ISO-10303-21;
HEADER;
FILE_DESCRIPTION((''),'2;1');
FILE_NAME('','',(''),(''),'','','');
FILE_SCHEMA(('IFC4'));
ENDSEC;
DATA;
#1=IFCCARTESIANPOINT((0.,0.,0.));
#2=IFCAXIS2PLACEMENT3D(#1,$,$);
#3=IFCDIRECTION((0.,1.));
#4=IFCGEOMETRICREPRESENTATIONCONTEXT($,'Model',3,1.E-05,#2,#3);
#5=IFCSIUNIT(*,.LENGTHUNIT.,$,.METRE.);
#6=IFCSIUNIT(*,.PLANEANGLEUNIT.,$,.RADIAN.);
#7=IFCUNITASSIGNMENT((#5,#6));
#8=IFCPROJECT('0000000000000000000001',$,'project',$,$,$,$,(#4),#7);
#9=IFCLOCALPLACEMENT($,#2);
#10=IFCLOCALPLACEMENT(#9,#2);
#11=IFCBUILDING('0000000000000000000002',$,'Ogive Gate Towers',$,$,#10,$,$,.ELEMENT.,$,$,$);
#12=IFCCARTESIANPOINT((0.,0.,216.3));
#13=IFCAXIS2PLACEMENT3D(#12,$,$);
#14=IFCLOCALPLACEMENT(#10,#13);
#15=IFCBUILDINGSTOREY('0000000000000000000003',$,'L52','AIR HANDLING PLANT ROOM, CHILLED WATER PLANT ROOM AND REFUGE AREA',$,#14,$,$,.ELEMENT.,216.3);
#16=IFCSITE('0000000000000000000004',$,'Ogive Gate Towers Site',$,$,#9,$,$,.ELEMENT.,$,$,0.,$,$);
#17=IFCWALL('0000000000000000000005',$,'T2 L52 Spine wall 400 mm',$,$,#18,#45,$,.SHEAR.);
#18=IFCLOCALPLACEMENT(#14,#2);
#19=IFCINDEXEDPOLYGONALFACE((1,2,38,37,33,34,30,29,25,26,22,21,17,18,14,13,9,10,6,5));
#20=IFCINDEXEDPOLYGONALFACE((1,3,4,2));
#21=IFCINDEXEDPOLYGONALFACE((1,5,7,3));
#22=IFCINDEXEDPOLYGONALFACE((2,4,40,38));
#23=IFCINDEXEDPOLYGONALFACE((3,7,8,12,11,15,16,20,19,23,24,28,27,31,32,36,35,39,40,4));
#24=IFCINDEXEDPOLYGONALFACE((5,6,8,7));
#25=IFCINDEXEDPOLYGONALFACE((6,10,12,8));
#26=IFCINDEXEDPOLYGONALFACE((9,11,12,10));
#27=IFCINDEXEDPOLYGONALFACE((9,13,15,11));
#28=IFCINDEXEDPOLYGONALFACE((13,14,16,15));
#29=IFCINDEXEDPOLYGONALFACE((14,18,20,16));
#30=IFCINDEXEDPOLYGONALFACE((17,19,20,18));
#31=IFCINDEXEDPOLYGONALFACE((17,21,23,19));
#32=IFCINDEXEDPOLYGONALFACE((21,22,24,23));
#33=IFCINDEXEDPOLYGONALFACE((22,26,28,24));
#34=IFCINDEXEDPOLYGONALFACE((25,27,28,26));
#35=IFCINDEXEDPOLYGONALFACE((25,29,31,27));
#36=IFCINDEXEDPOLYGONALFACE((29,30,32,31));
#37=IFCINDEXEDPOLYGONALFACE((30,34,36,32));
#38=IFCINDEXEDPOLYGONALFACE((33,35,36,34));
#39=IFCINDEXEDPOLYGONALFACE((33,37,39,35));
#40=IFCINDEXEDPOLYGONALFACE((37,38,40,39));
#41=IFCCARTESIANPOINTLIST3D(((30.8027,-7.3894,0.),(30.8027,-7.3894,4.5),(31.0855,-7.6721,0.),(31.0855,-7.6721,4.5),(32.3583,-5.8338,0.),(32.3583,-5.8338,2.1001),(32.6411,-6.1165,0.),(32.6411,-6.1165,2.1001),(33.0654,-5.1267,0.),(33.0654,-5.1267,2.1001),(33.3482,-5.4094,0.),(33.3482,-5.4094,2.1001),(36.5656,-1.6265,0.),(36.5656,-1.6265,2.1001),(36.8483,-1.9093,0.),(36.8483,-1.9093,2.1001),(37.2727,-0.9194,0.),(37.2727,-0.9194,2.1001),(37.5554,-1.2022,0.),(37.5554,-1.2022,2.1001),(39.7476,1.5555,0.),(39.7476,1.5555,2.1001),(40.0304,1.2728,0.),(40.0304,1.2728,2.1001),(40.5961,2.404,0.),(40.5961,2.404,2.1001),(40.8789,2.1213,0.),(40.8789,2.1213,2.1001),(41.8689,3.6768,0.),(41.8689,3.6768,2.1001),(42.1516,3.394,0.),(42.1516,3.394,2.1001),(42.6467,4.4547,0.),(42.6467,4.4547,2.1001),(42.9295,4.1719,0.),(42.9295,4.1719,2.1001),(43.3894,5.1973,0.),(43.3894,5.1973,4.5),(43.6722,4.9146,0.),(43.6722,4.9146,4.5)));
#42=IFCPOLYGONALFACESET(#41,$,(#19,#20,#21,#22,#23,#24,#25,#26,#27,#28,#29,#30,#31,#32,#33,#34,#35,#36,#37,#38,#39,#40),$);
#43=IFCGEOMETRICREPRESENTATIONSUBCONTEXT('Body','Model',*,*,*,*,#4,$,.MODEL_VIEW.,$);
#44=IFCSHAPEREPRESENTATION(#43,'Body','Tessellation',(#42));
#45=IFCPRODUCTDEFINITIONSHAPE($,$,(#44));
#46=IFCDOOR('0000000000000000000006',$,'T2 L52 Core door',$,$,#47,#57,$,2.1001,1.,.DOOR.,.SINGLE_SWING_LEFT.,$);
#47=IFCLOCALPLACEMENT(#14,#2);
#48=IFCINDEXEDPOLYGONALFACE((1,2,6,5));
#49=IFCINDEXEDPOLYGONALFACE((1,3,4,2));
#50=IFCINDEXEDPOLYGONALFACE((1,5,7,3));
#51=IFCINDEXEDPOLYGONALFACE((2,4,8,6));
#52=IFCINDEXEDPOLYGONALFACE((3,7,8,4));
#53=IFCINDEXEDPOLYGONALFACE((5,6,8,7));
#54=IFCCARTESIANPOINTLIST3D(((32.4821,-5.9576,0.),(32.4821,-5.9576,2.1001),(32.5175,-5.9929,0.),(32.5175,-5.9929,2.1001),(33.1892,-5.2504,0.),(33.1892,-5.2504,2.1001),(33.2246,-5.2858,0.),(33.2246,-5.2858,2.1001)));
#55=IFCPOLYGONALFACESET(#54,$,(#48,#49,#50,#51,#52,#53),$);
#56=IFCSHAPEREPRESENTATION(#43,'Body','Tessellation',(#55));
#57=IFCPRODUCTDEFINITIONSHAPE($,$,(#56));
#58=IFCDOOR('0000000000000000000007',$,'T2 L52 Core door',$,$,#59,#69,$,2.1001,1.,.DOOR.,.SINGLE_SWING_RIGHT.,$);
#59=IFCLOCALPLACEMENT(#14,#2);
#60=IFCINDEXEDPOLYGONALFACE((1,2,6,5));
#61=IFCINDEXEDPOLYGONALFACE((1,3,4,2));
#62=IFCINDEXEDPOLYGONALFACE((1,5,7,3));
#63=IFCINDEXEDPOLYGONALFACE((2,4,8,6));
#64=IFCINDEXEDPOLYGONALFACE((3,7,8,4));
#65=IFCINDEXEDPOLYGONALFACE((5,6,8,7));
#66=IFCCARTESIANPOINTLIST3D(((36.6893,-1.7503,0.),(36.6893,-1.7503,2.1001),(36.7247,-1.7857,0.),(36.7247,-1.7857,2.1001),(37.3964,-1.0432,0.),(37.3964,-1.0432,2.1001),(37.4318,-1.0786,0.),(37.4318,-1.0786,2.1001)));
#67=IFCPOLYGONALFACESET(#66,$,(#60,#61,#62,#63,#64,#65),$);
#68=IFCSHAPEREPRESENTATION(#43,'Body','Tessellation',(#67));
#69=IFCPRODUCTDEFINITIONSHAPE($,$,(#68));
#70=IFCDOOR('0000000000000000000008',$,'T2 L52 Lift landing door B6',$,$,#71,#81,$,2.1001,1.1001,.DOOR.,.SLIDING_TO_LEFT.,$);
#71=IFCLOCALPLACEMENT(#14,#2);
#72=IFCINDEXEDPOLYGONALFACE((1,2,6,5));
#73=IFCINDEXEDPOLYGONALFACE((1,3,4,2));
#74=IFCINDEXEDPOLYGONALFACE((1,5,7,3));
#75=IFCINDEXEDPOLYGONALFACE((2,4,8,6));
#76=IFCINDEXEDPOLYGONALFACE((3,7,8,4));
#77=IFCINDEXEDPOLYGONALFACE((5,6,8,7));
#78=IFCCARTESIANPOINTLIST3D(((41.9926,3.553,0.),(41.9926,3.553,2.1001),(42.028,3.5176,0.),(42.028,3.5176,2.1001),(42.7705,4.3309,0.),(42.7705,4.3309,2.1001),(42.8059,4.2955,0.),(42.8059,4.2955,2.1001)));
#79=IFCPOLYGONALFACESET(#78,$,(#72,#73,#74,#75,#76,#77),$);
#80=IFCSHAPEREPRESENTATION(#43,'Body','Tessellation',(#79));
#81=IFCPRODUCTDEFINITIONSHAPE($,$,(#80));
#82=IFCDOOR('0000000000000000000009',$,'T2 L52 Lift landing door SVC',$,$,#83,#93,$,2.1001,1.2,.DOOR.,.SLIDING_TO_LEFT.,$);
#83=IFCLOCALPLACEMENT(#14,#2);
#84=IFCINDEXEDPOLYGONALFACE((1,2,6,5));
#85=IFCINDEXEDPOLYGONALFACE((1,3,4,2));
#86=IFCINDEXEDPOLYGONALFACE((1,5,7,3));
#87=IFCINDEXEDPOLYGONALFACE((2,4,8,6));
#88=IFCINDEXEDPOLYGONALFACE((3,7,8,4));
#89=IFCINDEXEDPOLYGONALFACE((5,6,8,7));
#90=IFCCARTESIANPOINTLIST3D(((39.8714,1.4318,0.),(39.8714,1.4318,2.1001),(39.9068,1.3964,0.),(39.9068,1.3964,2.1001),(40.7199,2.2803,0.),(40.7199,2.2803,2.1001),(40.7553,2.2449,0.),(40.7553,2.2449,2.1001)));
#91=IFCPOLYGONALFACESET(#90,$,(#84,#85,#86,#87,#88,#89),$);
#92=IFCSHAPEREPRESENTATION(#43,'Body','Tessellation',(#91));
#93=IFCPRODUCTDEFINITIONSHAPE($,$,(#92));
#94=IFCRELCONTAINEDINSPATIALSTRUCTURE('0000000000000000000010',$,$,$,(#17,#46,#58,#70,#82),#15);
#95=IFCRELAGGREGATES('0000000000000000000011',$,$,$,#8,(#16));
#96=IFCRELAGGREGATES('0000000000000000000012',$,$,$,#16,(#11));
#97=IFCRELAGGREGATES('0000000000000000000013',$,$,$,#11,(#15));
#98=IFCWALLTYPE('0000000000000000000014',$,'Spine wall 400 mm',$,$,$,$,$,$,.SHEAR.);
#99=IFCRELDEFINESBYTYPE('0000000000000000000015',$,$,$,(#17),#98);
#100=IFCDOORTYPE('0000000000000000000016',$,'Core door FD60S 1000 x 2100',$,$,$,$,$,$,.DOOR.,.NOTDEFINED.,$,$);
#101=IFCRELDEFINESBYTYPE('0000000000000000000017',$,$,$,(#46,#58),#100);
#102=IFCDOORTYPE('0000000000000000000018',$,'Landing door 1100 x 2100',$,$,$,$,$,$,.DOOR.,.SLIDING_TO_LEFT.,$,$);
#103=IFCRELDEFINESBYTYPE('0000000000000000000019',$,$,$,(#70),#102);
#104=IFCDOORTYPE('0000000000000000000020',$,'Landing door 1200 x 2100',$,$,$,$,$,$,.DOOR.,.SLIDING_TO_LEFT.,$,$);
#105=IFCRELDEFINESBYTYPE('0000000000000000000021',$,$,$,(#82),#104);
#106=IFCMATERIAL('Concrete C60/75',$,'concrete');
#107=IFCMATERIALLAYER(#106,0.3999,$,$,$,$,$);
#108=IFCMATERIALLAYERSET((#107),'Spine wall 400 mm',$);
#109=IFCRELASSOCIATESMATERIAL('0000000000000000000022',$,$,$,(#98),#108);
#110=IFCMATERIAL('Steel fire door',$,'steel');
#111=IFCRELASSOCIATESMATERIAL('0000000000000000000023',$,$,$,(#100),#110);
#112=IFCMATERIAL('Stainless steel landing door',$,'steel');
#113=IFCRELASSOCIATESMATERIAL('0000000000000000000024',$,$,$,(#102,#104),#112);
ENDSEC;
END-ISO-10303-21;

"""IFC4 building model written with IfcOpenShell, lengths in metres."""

from ifc_helpers import new_model, si_unit, direction, frame, frame_2d, origin, place, context, subcontext, project, spatial, rectangle, extrude, material, layer, layer_set, type_object, element, fill, save


model = new_model("IFC4")

# Units and contexts
model_context = context("Model", 3, precision=1e-05, world=origin(), true_north=direction((0.0, 1.0)))
body_context = subcontext(model_context, "Body", "Model", "MODEL_VIEW")
ifc_project = project(units=[si_unit("LENGTHUNIT", "METRE"), si_unit("PLANEANGLEUNIT", "RADIAN")], contexts=[model_context])

# Site, building, storey
site_placement = place(None, origin())
site = spatial("IfcSite", under=ifc_project, at=site_placement, Name="Ogive Gate Towers Site", CompositionType="ELEMENT", RefElevation=0.0)
building_placement = place(site_placement, origin())
building = spatial("IfcBuilding", under=site, at=building_placement, Name="Ogive Gate Towers", CompositionType="ELEMENT")
storey_placement = place(building_placement, frame((0.0, 0.0, 216.3)))
storey = spatial("IfcBuildingStorey", under=building, at=storey_placement, Name="L52", Description="AIR HANDLING PLANT ROOM, CHILLED WATER PLANT ROOM AND REFUGE AREA", CompositionType="ELEMENT", Elevation=216.3)

# Shared definitions
ifc_material_1 = material(Name="Concrete C60/75", Category="concrete")

# Wall, openings, doors
ifc_layer_1 = layer(ifc_material_1, 0.3999)
ifc_layer_set_1 = layer_set([ifc_layer_1], Name="Spine wall 400 mm")
wall_type_1 = type_object("IfcWallType", Name="Spine wall 400 mm", PredefinedType="SHEAR", material=ifc_layer_set_1)
wall_1_placement = place(storey_placement, frame((30.9441, -7.5308, 0.0), z_axis=(0.0, 0.0, 1.0), x_axis=(0.707107, 0.707107, 0.0)))
wall_1 = element("IfcWall", 1, at=wall_1_placement, inside=storey, type_object=wall_type_1, Name="T2 L52 Spine wall 400 mm", PredefinedType="SHEAR", context=body_context, shape_type="SweptSolid", body=[
    extrude(rectangle(XDim=17.8003, YDim=0.3999, at=frame_2d((8.9001, 0.0))), origin(), (0.0, 0.0, 1.0), 4.5),
])
opening_1_placement = place(wall_1_placement, frame((12.6499, 0.0, 0.0)))
opening_1 = element("IfcOpeningElement", 2, at=opening_1_placement, cuts=wall_1, PredefinedType="OPENING", context=body_context, shape_type="SweptSolid", body=[
    extrude(rectangle(XDim=1.2, YDim=2.1001, at=frame_2d((0.6001, 1.05))), frame((0.0, 0.21, 0.0), z_axis=(0.0, -1.0, 0.0), x_axis=(1.0, 0.0, 0.0)), (0.0, 0.0, 1.0), 0.4199),
])
opening_2_placement = place(wall_1_placement, frame((15.6499, 0.0, 0.0)))
opening_2 = element("IfcOpeningElement", 3, at=opening_2_placement, cuts=wall_1, PredefinedType="OPENING", context=body_context, shape_type="SweptSolid", body=[
    extrude(rectangle(XDim=1.1001, YDim=2.1001, at=frame_2d((0.55, 1.05))), frame((0.0, 0.21, 0.0), z_axis=(0.0, -1.0, 0.0), x_axis=(1.0, 0.0, 0.0)), (0.0, 0.0, 1.0), 0.4199),
])
opening_3_placement = place(wall_1_placement, frame((2.2, 0.0, 0.0)))
opening_3 = element("IfcOpeningElement", 4, at=opening_3_placement, cuts=wall_1, PredefinedType="OPENING", context=body_context, shape_type="SweptSolid", body=[
    extrude(rectangle(XDim=1.0, YDim=2.1001, at=frame_2d((0.5, 1.05))), frame((0.0, 0.21, 0.0), z_axis=(0.0, -1.0, 0.0), x_axis=(1.0, 0.0, 0.0)), (0.0, 0.0, 1.0), 0.4199),
])
opening_4_placement = place(wall_1_placement, frame((8.1499, 0.0, 0.0)))
opening_4 = element("IfcOpeningElement", 5, at=opening_4_placement, cuts=wall_1, PredefinedType="OPENING", context=body_context, shape_type="SweptSolid", body=[
    extrude(rectangle(XDim=1.0, YDim=2.1001, at=frame_2d((0.5, 1.05))), frame((0.0, 0.21, 0.0), z_axis=(0.0, -1.0, 0.0), x_axis=(1.0, 0.0, 0.0)), (0.0, 0.0, 1.0), 0.4199),
])
ifc_material_2 = material(Name="Steel fire door", Category="steel")
door_type_1 = type_object("IfcDoorType", Name="Core door FD60S 1000 x 2100", OperationType="NOTDEFINED", PredefinedType="DOOR", material=ifc_material_2)
door_1_placement = place(opening_3_placement, origin())
door_1 = element("IfcDoor", 6, at=door_1_placement, inside=storey, type_object=door_type_1, Name="T2 L52 Core door", OperationType="SINGLE_SWING_LEFT", OverallHeight=2.1001, OverallWidth=1.0, PredefinedType="DOOR", context=body_context, shape_type="SweptSolid", body=[
    extrude(rectangle(XDim=1.0, YDim=2.1001, at=frame_2d((0.5, 1.05))), frame((0.0, 0.0249, 0.0), z_axis=(0.0, -1.0, 0.0), x_axis=(1.0, 0.0, 0.0)), (0.0, 0.0, 1.0), 0.05),
])
fill(opening_3, door_1)
door_2_placement = place(opening_4_placement, origin())
door_2 = element("IfcDoor", 7, at=door_2_placement, inside=storey, type_object=door_type_1, Name="T2 L52 Core door", OperationType="SINGLE_SWING_RIGHT", OverallHeight=2.1001, OverallWidth=1.0, PredefinedType="DOOR", context=body_context, shape_type="SweptSolid", body=[
    extrude(rectangle(XDim=1.0, YDim=2.1001, at=frame_2d((0.5, 1.05))), frame((0.0, 0.0249, 0.0), z_axis=(0.0, -1.0, 0.0), x_axis=(1.0, 0.0, 0.0)), (0.0, 0.0, 1.0), 0.05),
])
fill(opening_4, door_2)
ifc_material_3 = material(Name="Stainless steel landing door", Category="steel")
door_type_2 = type_object("IfcDoorType", Name="Landing door 1100 x 2100", OperationType="SLIDING_TO_LEFT", PredefinedType="DOOR", material=ifc_material_3)
door_3_placement = place(opening_2_placement, origin())
door_3 = element("IfcDoor", 8, at=door_3_placement, inside=storey, type_object=door_type_2, Name="T2 L52 Lift landing door B6", OperationType="SLIDING_TO_LEFT", OverallHeight=2.1001, OverallWidth=1.1001, PredefinedType="DOOR", context=body_context, shape_type="SweptSolid", body=[
    extrude(rectangle(XDim=1.1001, YDim=2.1001, at=frame_2d((0.55, 1.05))), frame((0.0, 0.0249, 0.0), z_axis=(0.0, -1.0, 0.0), x_axis=(1.0, 0.0, 0.0)), (0.0, 0.0, 1.0), 0.05),
])
fill(opening_2, door_3)
door_type_3 = type_object("IfcDoorType", Name="Landing door 1200 x 2100", OperationType="SLIDING_TO_LEFT", PredefinedType="DOOR", material=ifc_material_3)
door_4_placement = place(opening_1_placement, origin())
door_4 = element("IfcDoor", 9, at=door_4_placement, inside=storey, type_object=door_type_3, Name="T2 L52 Lift landing door SVC", OperationType="SLIDING_TO_LEFT", OverallHeight=2.1001, OverallWidth=1.2, PredefinedType="DOOR", context=body_context, shape_type="SweptSolid", body=[
    extrude(rectangle(XDim=1.2, YDim=2.1001, at=frame_2d((0.6001, 1.05))), frame((0.0, 0.0249, 0.0), z_axis=(0.0, -1.0, 0.0), x_axis=(1.0, 0.0, 0.0)), (0.0, 0.0, 1.0), 0.05),
])
fill(opening_1, door_4)

save(model, "model.ifc")
